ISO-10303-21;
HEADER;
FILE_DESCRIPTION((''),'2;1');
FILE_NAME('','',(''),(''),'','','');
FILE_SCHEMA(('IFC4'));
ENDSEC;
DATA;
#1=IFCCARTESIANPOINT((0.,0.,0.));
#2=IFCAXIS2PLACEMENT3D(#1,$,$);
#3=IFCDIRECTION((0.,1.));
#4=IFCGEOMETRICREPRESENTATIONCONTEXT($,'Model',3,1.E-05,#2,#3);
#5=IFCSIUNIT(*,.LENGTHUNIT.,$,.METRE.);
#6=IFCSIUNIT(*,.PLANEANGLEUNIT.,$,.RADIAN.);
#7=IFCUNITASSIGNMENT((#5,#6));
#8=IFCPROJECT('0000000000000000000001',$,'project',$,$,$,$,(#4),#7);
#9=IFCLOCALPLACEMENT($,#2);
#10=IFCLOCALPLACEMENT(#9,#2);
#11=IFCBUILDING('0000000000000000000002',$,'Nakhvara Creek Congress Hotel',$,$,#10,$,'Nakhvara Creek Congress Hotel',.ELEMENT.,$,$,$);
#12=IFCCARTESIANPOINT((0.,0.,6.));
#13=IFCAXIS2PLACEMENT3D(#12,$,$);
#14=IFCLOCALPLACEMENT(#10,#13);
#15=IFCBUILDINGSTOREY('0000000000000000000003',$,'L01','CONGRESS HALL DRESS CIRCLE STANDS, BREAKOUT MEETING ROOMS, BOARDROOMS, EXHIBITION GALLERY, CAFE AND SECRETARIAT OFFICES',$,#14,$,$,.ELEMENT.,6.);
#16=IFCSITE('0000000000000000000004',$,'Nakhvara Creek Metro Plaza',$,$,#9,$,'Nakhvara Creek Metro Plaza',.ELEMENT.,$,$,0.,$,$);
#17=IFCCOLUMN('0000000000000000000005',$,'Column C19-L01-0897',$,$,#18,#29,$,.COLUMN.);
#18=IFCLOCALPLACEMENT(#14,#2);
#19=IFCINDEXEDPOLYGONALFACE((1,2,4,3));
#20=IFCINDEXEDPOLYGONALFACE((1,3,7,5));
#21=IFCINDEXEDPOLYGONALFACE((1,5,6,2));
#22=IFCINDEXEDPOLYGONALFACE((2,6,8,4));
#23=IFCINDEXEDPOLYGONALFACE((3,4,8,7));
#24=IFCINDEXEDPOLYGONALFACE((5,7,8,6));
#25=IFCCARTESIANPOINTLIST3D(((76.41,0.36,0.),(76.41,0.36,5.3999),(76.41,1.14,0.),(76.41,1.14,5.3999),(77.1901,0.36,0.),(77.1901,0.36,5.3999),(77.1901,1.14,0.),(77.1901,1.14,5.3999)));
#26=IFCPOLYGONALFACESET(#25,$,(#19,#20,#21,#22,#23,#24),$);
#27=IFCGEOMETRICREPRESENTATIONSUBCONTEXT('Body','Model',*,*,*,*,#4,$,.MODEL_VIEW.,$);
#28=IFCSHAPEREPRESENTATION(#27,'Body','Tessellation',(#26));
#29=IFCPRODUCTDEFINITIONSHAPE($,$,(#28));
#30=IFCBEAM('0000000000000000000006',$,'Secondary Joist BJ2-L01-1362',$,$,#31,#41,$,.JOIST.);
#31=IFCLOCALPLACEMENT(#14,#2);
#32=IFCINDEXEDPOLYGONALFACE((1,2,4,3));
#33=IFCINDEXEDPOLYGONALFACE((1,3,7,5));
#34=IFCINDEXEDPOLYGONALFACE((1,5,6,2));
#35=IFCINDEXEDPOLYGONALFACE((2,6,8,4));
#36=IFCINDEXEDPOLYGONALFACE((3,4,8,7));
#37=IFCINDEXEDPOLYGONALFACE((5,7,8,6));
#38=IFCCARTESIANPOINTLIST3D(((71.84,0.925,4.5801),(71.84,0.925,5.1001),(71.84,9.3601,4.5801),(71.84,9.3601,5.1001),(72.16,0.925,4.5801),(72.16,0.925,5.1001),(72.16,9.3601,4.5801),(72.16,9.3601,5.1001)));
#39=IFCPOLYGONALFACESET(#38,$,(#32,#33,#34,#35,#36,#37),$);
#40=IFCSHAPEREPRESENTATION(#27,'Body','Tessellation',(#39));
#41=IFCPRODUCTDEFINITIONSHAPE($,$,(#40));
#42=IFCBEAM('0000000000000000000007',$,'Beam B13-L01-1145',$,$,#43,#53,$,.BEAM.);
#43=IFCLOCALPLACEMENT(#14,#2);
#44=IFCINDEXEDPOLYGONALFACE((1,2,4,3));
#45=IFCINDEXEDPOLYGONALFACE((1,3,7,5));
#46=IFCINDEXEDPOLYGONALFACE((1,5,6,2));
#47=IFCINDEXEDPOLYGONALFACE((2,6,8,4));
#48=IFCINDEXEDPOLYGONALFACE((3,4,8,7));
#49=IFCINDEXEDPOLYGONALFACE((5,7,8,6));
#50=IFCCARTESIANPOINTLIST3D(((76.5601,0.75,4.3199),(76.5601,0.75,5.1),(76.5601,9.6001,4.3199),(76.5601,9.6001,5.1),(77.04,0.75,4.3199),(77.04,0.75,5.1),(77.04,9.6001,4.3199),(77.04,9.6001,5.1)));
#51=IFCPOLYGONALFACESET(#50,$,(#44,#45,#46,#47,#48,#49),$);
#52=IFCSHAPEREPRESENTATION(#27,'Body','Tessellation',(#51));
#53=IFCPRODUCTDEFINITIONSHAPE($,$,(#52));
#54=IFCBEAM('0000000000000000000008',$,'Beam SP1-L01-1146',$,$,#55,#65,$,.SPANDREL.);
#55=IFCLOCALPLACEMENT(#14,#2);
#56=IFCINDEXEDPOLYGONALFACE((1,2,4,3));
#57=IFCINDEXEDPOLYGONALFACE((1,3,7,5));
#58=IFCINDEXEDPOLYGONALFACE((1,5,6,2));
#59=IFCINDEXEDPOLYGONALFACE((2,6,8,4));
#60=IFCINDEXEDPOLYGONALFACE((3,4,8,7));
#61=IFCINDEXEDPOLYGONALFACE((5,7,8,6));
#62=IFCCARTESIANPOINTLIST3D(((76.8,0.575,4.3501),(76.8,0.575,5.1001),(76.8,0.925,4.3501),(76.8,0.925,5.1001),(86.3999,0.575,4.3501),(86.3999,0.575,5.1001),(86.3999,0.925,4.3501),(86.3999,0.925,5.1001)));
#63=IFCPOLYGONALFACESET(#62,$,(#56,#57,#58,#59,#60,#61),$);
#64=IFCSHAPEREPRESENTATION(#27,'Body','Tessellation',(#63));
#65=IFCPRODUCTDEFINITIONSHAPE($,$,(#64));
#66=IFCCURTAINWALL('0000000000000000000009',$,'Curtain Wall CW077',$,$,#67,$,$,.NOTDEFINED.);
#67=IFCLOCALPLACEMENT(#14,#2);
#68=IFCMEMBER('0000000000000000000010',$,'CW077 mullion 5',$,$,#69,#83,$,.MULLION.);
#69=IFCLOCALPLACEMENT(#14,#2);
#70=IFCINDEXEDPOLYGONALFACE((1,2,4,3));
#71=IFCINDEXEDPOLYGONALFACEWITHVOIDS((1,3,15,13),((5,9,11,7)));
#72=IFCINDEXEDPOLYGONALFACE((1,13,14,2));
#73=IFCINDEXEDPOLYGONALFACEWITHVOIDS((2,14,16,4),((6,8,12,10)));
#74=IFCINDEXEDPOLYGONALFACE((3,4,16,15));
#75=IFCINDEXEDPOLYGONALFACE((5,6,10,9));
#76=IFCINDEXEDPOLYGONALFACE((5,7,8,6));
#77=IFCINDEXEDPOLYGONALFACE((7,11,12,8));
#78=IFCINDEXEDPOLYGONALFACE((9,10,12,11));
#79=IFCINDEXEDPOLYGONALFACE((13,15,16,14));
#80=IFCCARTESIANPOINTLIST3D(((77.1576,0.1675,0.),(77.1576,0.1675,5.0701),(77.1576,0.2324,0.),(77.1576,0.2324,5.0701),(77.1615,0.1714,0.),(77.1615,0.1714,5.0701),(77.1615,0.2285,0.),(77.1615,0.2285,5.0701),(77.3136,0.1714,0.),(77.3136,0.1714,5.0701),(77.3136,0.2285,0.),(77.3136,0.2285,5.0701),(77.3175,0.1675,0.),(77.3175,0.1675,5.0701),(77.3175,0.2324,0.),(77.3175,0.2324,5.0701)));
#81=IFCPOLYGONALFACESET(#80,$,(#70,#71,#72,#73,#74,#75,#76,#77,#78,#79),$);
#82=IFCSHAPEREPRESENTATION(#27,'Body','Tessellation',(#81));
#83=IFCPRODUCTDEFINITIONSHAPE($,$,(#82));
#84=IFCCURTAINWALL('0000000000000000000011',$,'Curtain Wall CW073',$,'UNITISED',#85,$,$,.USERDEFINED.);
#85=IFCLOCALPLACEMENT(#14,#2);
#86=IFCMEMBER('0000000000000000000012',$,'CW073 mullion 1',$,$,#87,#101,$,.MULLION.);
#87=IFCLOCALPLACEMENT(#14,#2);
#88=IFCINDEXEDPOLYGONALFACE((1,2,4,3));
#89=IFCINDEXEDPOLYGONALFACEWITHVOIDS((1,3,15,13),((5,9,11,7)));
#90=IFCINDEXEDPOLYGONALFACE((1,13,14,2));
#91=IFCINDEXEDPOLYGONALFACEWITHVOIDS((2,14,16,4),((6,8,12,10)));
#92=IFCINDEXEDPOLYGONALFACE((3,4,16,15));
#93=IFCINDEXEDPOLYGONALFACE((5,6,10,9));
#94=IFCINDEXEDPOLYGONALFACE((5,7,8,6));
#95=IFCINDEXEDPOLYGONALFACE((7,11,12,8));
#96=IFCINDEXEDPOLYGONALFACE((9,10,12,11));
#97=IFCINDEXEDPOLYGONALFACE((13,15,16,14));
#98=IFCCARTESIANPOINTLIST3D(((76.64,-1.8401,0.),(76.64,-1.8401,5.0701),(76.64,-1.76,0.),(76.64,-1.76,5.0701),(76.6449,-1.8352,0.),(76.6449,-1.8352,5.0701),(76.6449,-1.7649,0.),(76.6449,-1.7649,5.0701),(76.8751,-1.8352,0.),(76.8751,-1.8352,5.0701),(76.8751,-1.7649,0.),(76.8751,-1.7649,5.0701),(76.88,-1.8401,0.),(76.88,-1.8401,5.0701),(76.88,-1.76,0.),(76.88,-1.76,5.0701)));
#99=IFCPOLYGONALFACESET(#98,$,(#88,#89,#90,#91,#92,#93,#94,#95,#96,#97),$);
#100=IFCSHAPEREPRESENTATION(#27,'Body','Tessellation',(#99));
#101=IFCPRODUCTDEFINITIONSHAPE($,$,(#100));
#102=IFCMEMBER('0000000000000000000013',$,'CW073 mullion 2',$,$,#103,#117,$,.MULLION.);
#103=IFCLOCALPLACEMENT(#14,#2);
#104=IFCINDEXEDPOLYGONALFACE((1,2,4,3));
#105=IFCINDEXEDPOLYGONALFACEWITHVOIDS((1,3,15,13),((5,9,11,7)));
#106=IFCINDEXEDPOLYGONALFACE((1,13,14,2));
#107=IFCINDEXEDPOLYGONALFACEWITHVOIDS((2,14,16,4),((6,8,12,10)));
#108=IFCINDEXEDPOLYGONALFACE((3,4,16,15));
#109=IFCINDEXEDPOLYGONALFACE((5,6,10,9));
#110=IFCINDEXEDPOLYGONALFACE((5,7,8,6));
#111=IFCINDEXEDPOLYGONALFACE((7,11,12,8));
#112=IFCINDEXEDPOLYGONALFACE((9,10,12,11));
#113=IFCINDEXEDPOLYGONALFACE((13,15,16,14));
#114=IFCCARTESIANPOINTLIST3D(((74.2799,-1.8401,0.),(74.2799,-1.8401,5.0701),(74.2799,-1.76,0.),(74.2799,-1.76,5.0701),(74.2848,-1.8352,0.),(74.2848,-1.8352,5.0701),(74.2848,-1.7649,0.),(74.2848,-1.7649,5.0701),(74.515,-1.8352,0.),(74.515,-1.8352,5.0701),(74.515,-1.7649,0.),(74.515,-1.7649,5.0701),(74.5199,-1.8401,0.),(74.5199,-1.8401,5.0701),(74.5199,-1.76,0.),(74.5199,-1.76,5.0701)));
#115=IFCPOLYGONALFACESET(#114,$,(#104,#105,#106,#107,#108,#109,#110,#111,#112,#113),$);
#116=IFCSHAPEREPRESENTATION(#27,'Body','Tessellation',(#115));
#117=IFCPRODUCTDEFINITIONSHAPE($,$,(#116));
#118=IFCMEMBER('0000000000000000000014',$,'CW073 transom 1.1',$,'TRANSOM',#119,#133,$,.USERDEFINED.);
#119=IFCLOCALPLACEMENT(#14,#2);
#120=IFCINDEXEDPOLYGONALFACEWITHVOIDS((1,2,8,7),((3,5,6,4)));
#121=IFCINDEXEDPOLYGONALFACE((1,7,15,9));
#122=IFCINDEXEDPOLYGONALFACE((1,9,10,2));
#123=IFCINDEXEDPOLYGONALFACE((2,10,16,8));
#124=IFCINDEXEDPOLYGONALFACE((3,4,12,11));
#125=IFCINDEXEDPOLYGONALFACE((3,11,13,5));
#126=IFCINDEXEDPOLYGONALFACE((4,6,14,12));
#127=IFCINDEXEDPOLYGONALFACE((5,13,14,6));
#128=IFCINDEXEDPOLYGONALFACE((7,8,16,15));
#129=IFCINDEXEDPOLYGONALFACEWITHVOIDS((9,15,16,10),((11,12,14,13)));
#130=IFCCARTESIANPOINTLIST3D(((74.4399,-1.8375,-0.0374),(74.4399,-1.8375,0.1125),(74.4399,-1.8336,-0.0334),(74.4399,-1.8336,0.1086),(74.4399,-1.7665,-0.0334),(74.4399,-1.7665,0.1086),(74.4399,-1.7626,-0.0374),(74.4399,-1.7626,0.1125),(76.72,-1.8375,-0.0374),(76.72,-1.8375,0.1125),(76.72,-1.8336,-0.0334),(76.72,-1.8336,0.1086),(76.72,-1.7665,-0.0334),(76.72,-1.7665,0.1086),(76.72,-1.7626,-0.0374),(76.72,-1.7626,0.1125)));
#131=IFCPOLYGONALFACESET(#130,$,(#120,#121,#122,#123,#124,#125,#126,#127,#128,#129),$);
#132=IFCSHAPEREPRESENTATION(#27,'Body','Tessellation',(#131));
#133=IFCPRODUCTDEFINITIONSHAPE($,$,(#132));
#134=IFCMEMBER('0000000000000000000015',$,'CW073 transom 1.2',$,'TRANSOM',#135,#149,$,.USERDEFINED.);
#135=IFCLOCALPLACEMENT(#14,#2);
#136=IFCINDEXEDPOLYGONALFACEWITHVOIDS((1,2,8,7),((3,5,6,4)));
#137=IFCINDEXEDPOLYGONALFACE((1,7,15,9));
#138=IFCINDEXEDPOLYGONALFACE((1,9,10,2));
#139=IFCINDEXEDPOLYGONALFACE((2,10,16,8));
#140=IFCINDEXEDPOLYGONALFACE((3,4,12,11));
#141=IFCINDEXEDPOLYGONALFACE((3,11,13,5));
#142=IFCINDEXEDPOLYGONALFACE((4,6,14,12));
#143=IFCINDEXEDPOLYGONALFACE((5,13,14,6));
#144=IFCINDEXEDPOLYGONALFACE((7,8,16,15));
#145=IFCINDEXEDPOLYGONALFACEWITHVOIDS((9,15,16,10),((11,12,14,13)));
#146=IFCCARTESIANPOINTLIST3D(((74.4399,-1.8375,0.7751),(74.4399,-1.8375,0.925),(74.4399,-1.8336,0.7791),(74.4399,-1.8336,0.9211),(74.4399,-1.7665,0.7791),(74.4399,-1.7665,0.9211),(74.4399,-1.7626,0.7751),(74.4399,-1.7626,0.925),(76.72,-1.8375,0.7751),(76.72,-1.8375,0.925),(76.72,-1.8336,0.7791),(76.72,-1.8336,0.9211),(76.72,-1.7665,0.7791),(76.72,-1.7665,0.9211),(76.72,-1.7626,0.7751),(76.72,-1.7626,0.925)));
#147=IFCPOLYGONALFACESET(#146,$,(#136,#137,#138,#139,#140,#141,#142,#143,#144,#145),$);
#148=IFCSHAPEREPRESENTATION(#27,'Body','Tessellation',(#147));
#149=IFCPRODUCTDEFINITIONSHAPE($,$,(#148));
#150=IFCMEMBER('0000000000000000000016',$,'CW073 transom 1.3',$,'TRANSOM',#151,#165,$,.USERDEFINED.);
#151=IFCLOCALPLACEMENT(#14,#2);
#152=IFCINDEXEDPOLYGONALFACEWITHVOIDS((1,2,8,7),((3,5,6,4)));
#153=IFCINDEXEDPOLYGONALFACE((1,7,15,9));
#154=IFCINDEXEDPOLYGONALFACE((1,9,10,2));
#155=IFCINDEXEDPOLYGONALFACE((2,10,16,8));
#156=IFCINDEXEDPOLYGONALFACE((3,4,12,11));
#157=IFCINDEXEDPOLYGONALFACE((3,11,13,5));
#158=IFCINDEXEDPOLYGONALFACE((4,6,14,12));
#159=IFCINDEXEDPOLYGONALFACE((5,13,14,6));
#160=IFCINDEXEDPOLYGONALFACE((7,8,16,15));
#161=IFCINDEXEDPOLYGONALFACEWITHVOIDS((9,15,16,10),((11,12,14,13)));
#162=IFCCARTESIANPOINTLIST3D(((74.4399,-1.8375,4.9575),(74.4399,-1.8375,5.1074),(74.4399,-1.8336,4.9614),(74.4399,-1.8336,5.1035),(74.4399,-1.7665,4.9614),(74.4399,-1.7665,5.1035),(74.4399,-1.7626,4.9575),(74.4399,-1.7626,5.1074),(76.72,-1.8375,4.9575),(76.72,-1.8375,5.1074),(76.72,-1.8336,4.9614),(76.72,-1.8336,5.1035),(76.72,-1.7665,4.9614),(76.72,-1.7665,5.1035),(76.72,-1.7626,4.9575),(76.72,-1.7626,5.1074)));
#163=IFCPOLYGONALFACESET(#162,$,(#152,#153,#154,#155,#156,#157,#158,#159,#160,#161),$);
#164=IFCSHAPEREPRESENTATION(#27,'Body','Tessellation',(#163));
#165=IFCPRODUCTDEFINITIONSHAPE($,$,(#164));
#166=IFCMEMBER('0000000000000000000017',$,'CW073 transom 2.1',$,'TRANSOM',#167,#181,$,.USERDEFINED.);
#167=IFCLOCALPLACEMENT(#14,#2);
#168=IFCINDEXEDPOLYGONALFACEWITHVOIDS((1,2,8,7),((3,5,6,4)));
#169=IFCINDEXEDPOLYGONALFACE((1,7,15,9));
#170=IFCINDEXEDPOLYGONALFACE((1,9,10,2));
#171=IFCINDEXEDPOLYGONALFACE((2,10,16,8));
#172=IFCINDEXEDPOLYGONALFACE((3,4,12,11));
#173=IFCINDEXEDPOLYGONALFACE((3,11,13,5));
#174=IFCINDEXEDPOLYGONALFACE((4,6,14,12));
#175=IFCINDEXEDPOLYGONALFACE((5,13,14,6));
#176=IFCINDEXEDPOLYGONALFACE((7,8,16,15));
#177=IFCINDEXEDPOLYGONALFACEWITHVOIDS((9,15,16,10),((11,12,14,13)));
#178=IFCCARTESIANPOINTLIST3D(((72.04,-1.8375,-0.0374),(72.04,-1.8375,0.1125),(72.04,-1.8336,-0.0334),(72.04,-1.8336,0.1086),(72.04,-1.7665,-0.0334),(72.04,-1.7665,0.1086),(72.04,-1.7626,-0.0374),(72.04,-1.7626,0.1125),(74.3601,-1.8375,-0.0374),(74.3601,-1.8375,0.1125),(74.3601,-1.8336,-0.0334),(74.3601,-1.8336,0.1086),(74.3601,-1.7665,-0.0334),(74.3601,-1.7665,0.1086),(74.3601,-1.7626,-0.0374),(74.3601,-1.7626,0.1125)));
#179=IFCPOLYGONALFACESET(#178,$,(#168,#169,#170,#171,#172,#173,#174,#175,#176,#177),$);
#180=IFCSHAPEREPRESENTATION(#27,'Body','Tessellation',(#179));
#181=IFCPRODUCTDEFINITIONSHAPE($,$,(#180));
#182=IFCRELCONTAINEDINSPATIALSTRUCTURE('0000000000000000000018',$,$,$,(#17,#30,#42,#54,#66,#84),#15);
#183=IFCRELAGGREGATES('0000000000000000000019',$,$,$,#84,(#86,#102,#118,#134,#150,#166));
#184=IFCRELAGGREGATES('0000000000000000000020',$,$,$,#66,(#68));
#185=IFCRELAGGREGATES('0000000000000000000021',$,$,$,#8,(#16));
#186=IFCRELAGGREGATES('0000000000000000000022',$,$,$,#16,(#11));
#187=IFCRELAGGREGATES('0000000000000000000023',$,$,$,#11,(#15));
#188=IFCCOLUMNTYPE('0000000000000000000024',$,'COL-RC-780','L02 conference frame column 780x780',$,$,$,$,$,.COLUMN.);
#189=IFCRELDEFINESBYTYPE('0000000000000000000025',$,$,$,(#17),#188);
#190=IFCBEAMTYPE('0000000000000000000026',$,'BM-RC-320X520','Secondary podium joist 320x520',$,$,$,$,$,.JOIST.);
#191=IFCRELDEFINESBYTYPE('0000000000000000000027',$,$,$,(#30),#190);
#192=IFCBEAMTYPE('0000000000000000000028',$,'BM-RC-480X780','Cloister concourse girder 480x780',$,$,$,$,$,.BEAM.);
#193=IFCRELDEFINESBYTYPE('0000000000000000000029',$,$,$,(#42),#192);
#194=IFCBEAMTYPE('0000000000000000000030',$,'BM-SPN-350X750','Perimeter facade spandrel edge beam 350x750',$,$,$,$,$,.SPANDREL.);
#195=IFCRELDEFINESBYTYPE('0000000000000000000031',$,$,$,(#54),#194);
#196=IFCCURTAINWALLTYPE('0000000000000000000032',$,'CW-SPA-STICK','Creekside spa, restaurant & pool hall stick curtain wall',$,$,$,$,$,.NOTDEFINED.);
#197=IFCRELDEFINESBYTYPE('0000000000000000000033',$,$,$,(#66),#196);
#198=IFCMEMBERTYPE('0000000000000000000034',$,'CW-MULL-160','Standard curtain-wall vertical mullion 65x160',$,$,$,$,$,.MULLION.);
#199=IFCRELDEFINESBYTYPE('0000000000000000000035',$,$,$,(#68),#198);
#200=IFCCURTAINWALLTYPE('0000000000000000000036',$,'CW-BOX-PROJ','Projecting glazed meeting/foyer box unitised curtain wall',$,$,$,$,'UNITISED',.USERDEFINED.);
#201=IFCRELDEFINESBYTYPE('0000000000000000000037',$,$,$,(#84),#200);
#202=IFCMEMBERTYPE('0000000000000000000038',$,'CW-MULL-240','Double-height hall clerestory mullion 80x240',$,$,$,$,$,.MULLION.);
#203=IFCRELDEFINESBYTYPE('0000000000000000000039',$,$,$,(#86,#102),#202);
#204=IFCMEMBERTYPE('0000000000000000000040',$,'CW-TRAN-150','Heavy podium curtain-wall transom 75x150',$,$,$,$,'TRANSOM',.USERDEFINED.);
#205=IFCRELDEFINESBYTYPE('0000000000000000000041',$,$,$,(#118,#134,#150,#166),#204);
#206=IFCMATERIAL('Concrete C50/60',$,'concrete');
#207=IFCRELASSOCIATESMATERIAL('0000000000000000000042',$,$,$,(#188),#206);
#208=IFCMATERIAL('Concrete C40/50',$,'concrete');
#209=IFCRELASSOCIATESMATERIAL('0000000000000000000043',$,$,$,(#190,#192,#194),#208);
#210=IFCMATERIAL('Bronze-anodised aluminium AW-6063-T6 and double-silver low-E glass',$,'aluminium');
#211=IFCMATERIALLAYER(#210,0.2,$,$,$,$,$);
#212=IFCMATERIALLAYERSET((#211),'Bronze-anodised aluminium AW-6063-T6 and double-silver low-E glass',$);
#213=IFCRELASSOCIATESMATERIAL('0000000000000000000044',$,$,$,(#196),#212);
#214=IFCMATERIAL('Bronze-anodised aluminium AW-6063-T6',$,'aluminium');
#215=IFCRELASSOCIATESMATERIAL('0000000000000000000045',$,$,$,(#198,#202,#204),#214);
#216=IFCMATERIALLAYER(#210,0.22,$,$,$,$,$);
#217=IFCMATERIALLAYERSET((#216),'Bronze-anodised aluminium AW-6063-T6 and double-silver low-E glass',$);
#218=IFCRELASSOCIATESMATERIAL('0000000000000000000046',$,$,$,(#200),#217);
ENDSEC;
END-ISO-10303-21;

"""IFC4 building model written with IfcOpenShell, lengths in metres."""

from ifc_helpers import new_model, si_unit, direction, frame, origin, origin_2d, place, context, subcontext, project, spatial, rectangle, hollow_rectangle, extrude, material, layer, layer_set, material_profile, profile_set, type_object, element, aggregate, save


model = new_model("IFC4")

# Units and contexts
model_context = context("Model", 3, precision=1e-05, world=origin(), true_north=direction((0.0, 1.0)))
body_context = subcontext(model_context, "Body", "Model", "MODEL_VIEW")
ifc_project = project(units=[si_unit("LENGTHUNIT", "METRE"), si_unit("PLANEANGLEUNIT", "RADIAN")], contexts=[model_context])

# Site, building, storey
site_placement = place(None, origin())
site = spatial("IfcSite", under=ifc_project, at=site_placement, Name="Nakhvara Creek Metro Plaza", LongName="Nakhvara Creek Metro Plaza", CompositionType="ELEMENT", RefElevation=0.0)
building_placement = place(site_placement, origin())
building = spatial("IfcBuilding", under=site, at=building_placement, Name="Nakhvara Creek Congress Hotel", LongName="Nakhvara Creek Congress Hotel", CompositionType="ELEMENT")
storey_placement = place(building_placement, frame((0.0, 0.0, 6.0)))
storey = spatial("IfcBuildingStorey", under=building, at=storey_placement, Name="L01", Description="CONGRESS HALL DRESS CIRCLE STANDS, BREAKOUT MEETING ROOMS, BOARDROOMS, EXHIBITION GALLERY, CAFE AND SECRETARIAT OFFICES", CompositionType="ELEMENT", Elevation=6.0)

# Column
ifc_material_1 = material(Name="Concrete C50/60", Category="concrete")
ifc_material_profile_1 = material_profile(ifc_material_1, rectangle(XDim=0.78, YDim=0.78, at=origin_2d()), Name="RC-COL 780x780", Category="LoadBearing")
ifc_profile_set_1 = profile_set([ifc_material_profile_1], Name="Concrete C50/60")
column_type = type_object("IfcColumnType", Name="COL-RC-780", Description="L02 conference frame column 780x780", PredefinedType="COLUMN", material=ifc_profile_set_1)
column_placement = place(storey_placement, frame((76.8, 0.75, 0.0), z_axis=(0.0, 0.0, 1.0), x_axis=(1.0, 0.0, 0.0)))
element("IfcColumn", 1, at=column_placement, inside=storey, type_object=column_type, Name="Column C19-L01-0897", PredefinedType="COLUMN", context=body_context, shape_type="SweptSolid", body=[
    extrude(rectangle(XDim=0.78, YDim=0.78, at=origin_2d()), origin(), (0.0, 0.0, 1.0), 5.3999),
])

# Beams
ifc_material_2 = material(Name="Concrete C40/50", Category="concrete")
ifc_material_profile_2 = material_profile(ifc_material_2, rectangle(XDim=0.3201, YDim=0.52, at=origin_2d()), Name="RC-BM 320x520", Category="LoadBearing")
ifc_profile_set_2 = profile_set([ifc_material_profile_2], Name="Concrete C40/50")
beam_type_1 = type_object("IfcBeamType", Name="BM-RC-320X520", Description="Secondary podium joist 320x520", PredefinedType="JOIST", material=ifc_profile_set_2)
beam_1_placement = place(storey_placement, frame((72.0, 0.925, 4.8401), z_axis=(0.0, 1.0, 0.0), x_axis=(-1.0, 0.0, 0.0)))
element("IfcBeam", 2, at=beam_1_placement, inside=storey, type_object=beam_type_1, Name="Secondary Joist BJ2-L01-1362", PredefinedType="JOIST", context=body_context, shape_type="SweptSolid", body=[
    extrude(rectangle(XDim=0.3201, YDim=0.52, at=origin_2d()), origin(), (0.0, 0.0, 1.0), 8.4351),
])
ifc_material_profile_3 = material_profile(ifc_material_2, rectangle(XDim=0.48, YDim=0.78, at=origin_2d()), Name="RC-BM 480x780", Category="LoadBearing")
ifc_profile_set_3 = profile_set([ifc_material_profile_3], Name="Concrete C40/50")
beam_type_2 = type_object("IfcBeamType", Name="BM-RC-480X780", Description="Cloister concourse girder 480x780", PredefinedType="BEAM", material=ifc_profile_set_3)
beam_2_placement = place(storey_placement, frame((76.8, 0.75, 4.71), z_axis=(0.0, 1.0, 0.0), x_axis=(-1.0, 0.0, 0.0)))
element("IfcBeam", 3, at=beam_2_placement, inside=storey, type_object=beam_type_2, Name="Beam B13-L01-1145", PredefinedType="BEAM", context=body_context, shape_type="SweptSolid", body=[
    extrude(rectangle(XDim=0.48, YDim=0.78, at=origin_2d()), origin(), (0.0, 0.0, 1.0), 8.8501),
])
ifc_material_profile_4 = material_profile(ifc_material_2, rectangle(XDim=0.3501, YDim=0.75, at=origin_2d()), Name="RC-SPANDREL 350x750", Category="LoadBearing")
ifc_profile_set_4 = profile_set([ifc_material_profile_4], Name="Concrete C40/50")
beam_type_3 = type_object("IfcBeamType", Name="BM-SPN-350X750", Description="Perimeter facade spandrel edge beam 350x750", PredefinedType="SPANDREL", material=ifc_profile_set_4)
beam_3_placement = place(storey_placement, frame((76.8, 0.75, 4.7251), z_axis=(1.0, 0.0, 0.0), x_axis=(0.0, 1.0, 0.0)))
element("IfcBeam", 4, at=beam_3_placement, inside=storey, type_object=beam_type_3, Name="Beam SP1-L01-1146", PredefinedType="SPANDREL", context=body_context, shape_type="SweptSolid", body=[
    extrude(rectangle(XDim=0.3501, YDim=0.75, at=origin_2d()), origin(), (0.0, 0.0, 1.0), 9.5999),
])

# Curtain wall, member
ifc_material_3 = material(Name="Bronze-anodised aluminium AW-6063-T6 and double-silver low-E glass", Category="aluminium")
ifc_layer_1 = layer(ifc_material_3, 0.2)
ifc_layer_set_1 = layer_set([ifc_layer_1], Name="Bronze-anodised aluminium AW-6063-T6 and double-silver low-E glass")
curtain_wall_type_1 = type_object("IfcCurtainWallType", Name="CW-SPA-STICK", Description="Creekside spa, restaurant & pool hall stick curtain wall", PredefinedType="NOTDEFINED", material=ifc_layer_set_1)
curtain_wall_1_placement = place(storey_placement, origin())
curtain_wall_1 = element("IfcCurtainWall", 5, at=curtain_wall_1_placement, inside=storey, type_object=curtain_wall_type_1, Name="Curtain Wall CW077", PredefinedType="NOTDEFINED")
ifc_material_4 = material(Name="Bronze-anodised aluminium AW-6063-T6", Category="aluminium")
ifc_material_profile_5 = material_profile(ifc_material_4, hollow_rectangle(XDim=0.0649, YDim=0.1599, WallThickness=0.0039, at=origin_2d()), Name="ALU-MULL 65x160x4", Category="LoadBearing")
ifc_profile_set_5 = profile_set([ifc_material_profile_5], Name="Bronze-anodised aluminium AW-6063-T6")
member_type_1 = type_object("IfcMemberType", Name="CW-MULL-160", Description="Standard curtain-wall vertical mullion 65x160", PredefinedType="MULLION", material=ifc_profile_set_5)
member_1_placement = place(storey_placement, frame((77.2375, 0.2, 0.0), z_axis=(0.0, 0.0, 1.0), x_axis=(0.0, -1.0, 0.0)))
member_1 = element("IfcMember", 6, at=member_1_placement, type_object=member_type_1, Name="CW077 mullion 5", PredefinedType="MULLION", context=body_context, shape_type="SweptSolid", body=[
    extrude(hollow_rectangle(XDim=0.0649, YDim=0.1599, WallThickness=0.0039, at=origin_2d()), origin(), (0.0, 0.0, 1.0), 5.0701),
])

# Curtain wall, members
ifc_layer_2 = layer(ifc_material_3, 0.22)
ifc_layer_set_2 = layer_set([ifc_layer_2], Name="Bronze-anodised aluminium AW-6063-T6 and double-silver low-E glass")
curtain_wall_type_2 = type_object("IfcCurtainWallType", Name="CW-BOX-PROJ", Description="Projecting glazed meeting/foyer box unitised curtain wall", ElementType="UNITISED", PredefinedType="USERDEFINED", material=ifc_layer_set_2)
curtain_wall_2_placement = place(storey_placement, origin())
curtain_wall_2 = element("IfcCurtainWall", 7, at=curtain_wall_2_placement, inside=storey, type_object=curtain_wall_type_2, Name="Curtain Wall CW073", ObjectType="UNITISED", PredefinedType="USERDEFINED")
ifc_material_profile_6 = material_profile(ifc_material_4, hollow_rectangle(XDim=0.0801, YDim=0.24, WallThickness=0.0049, at=origin_2d()), Name="ALU-MULL 80x240x5", Category="LoadBearing")
ifc_profile_set_6 = profile_set([ifc_material_profile_6], Name="Bronze-anodised aluminium AW-6063-T6")
member_type_2 = type_object("IfcMemberType", Name="CW-MULL-240", Description="Double-height hall clerestory mullion 80x240", PredefinedType="MULLION", material=ifc_profile_set_6)
member_2_placement = place(storey_placement, frame((76.76, -1.8, 0.0), z_axis=(0.0, 0.0, 1.0), x_axis=(0.0, -1.0, 0.0)))
member_2 = element("IfcMember", 8, at=member_2_placement, type_object=member_type_2, Name="CW073 mullion 1", PredefinedType="MULLION", context=body_context, shape_type="SweptSolid", body=[
    extrude(hollow_rectangle(XDim=0.0801, YDim=0.24, WallThickness=0.0049, at=origin_2d()), origin(), (0.0, 0.0, 1.0), 5.0701),
])
member_3_placement = place(storey_placement, frame((74.3999, -1.8, 0.0), z_axis=(0.0, 0.0, 1.0), x_axis=(0.0, -1.0, 0.0)))
member_3 = element("IfcMember", 9, at=member_3_placement, type_object=member_type_2, Name="CW073 mullion 2", PredefinedType="MULLION", context=body_context, shape_type="SweptSolid", body=[
    extrude(hollow_rectangle(XDim=0.0801, YDim=0.24, WallThickness=0.0049, at=origin_2d()), origin(), (0.0, 0.0, 1.0), 5.0701),
])
ifc_material_profile_7 = material_profile(ifc_material_4, hollow_rectangle(XDim=0.075, YDim=0.1499, WallThickness=0.0039, at=origin_2d()), Name="ALU-TRAN 75x150x4", Category="LoadBearing")
ifc_profile_set_7 = profile_set([ifc_material_profile_7], Name="Bronze-anodised aluminium AW-6063-T6")
member_type_3 = type_object("IfcMemberType", Name="CW-TRAN-150", Description="Heavy podium curtain-wall transom 75x150", ElementType="TRANSOM", PredefinedType="USERDEFINED", material=ifc_profile_set_7)
member_4_placement = place(storey_placement, frame((76.72, -1.8, 0.0376), z_axis=(-1.0, 0.0, 0.0), x_axis=(0.0, -1.0, 0.0)))
member_4 = element("IfcMember", 10, at=member_4_placement, type_object=member_type_3, Name="CW073 transom 1.1", ObjectType="TRANSOM", PredefinedType="USERDEFINED", context=body_context, shape_type="SweptSolid", body=[
    extrude(hollow_rectangle(XDim=0.075, YDim=0.1499, WallThickness=0.0039, at=origin_2d()), origin(), (0.0, 0.0, 1.0), 2.28),
])
member_5_placement = place(storey_placement, frame((76.72, -1.8, 0.8501), z_axis=(-1.0, 0.0, 0.0), x_axis=(0.0, -1.0, 0.0)))
member_5 = element("IfcMember", 11, at=member_5_placement, type_object=member_type_3, Name="CW073 transom 1.2", ObjectType="TRANSOM", PredefinedType="USERDEFINED", context=body_context, shape_type="SweptSolid", body=[
    extrude(hollow_rectangle(XDim=0.075, YDim=0.1499, WallThickness=0.0039, at=origin_2d()), origin(), (0.0, 0.0, 1.0), 2.28),
])
member_6_placement = place(storey_placement, frame((76.72, -1.8, 5.0325), z_axis=(-1.0, 0.0, 0.0), x_axis=(0.0, -1.0, 0.0)))
member_6 = element("IfcMember", 12, at=member_6_placement, type_object=member_type_3, Name="CW073 transom 1.3", ObjectType="TRANSOM", PredefinedType="USERDEFINED", context=body_context, shape_type="SweptSolid", body=[
    extrude(hollow_rectangle(XDim=0.075, YDim=0.1499, WallThickness=0.0039, at=origin_2d()), origin(), (0.0, 0.0, 1.0), 2.28),
])
member_7_placement = place(storey_placement, frame((74.3601, -1.8, 0.0376), z_axis=(-1.0, 0.0, 0.0), x_axis=(0.0, -1.0, 0.0)))
member_7 = element("IfcMember", 13, at=member_7_placement, type_object=member_type_3, Name="CW073 transom 2.1", ObjectType="TRANSOM", PredefinedType="USERDEFINED", context=body_context, shape_type="SweptSolid", body=[
    extrude(hollow_rectangle(XDim=0.075, YDim=0.1499, WallThickness=0.0039, at=origin_2d()), origin(), (0.0, 0.0, 1.0), 2.3201),
])
aggregate(curtain_wall_2, [member_2, member_3, member_4, member_5, member_6, member_7])

aggregate(curtain_wall_1, [member_1])

save(model, "model.ifc")
